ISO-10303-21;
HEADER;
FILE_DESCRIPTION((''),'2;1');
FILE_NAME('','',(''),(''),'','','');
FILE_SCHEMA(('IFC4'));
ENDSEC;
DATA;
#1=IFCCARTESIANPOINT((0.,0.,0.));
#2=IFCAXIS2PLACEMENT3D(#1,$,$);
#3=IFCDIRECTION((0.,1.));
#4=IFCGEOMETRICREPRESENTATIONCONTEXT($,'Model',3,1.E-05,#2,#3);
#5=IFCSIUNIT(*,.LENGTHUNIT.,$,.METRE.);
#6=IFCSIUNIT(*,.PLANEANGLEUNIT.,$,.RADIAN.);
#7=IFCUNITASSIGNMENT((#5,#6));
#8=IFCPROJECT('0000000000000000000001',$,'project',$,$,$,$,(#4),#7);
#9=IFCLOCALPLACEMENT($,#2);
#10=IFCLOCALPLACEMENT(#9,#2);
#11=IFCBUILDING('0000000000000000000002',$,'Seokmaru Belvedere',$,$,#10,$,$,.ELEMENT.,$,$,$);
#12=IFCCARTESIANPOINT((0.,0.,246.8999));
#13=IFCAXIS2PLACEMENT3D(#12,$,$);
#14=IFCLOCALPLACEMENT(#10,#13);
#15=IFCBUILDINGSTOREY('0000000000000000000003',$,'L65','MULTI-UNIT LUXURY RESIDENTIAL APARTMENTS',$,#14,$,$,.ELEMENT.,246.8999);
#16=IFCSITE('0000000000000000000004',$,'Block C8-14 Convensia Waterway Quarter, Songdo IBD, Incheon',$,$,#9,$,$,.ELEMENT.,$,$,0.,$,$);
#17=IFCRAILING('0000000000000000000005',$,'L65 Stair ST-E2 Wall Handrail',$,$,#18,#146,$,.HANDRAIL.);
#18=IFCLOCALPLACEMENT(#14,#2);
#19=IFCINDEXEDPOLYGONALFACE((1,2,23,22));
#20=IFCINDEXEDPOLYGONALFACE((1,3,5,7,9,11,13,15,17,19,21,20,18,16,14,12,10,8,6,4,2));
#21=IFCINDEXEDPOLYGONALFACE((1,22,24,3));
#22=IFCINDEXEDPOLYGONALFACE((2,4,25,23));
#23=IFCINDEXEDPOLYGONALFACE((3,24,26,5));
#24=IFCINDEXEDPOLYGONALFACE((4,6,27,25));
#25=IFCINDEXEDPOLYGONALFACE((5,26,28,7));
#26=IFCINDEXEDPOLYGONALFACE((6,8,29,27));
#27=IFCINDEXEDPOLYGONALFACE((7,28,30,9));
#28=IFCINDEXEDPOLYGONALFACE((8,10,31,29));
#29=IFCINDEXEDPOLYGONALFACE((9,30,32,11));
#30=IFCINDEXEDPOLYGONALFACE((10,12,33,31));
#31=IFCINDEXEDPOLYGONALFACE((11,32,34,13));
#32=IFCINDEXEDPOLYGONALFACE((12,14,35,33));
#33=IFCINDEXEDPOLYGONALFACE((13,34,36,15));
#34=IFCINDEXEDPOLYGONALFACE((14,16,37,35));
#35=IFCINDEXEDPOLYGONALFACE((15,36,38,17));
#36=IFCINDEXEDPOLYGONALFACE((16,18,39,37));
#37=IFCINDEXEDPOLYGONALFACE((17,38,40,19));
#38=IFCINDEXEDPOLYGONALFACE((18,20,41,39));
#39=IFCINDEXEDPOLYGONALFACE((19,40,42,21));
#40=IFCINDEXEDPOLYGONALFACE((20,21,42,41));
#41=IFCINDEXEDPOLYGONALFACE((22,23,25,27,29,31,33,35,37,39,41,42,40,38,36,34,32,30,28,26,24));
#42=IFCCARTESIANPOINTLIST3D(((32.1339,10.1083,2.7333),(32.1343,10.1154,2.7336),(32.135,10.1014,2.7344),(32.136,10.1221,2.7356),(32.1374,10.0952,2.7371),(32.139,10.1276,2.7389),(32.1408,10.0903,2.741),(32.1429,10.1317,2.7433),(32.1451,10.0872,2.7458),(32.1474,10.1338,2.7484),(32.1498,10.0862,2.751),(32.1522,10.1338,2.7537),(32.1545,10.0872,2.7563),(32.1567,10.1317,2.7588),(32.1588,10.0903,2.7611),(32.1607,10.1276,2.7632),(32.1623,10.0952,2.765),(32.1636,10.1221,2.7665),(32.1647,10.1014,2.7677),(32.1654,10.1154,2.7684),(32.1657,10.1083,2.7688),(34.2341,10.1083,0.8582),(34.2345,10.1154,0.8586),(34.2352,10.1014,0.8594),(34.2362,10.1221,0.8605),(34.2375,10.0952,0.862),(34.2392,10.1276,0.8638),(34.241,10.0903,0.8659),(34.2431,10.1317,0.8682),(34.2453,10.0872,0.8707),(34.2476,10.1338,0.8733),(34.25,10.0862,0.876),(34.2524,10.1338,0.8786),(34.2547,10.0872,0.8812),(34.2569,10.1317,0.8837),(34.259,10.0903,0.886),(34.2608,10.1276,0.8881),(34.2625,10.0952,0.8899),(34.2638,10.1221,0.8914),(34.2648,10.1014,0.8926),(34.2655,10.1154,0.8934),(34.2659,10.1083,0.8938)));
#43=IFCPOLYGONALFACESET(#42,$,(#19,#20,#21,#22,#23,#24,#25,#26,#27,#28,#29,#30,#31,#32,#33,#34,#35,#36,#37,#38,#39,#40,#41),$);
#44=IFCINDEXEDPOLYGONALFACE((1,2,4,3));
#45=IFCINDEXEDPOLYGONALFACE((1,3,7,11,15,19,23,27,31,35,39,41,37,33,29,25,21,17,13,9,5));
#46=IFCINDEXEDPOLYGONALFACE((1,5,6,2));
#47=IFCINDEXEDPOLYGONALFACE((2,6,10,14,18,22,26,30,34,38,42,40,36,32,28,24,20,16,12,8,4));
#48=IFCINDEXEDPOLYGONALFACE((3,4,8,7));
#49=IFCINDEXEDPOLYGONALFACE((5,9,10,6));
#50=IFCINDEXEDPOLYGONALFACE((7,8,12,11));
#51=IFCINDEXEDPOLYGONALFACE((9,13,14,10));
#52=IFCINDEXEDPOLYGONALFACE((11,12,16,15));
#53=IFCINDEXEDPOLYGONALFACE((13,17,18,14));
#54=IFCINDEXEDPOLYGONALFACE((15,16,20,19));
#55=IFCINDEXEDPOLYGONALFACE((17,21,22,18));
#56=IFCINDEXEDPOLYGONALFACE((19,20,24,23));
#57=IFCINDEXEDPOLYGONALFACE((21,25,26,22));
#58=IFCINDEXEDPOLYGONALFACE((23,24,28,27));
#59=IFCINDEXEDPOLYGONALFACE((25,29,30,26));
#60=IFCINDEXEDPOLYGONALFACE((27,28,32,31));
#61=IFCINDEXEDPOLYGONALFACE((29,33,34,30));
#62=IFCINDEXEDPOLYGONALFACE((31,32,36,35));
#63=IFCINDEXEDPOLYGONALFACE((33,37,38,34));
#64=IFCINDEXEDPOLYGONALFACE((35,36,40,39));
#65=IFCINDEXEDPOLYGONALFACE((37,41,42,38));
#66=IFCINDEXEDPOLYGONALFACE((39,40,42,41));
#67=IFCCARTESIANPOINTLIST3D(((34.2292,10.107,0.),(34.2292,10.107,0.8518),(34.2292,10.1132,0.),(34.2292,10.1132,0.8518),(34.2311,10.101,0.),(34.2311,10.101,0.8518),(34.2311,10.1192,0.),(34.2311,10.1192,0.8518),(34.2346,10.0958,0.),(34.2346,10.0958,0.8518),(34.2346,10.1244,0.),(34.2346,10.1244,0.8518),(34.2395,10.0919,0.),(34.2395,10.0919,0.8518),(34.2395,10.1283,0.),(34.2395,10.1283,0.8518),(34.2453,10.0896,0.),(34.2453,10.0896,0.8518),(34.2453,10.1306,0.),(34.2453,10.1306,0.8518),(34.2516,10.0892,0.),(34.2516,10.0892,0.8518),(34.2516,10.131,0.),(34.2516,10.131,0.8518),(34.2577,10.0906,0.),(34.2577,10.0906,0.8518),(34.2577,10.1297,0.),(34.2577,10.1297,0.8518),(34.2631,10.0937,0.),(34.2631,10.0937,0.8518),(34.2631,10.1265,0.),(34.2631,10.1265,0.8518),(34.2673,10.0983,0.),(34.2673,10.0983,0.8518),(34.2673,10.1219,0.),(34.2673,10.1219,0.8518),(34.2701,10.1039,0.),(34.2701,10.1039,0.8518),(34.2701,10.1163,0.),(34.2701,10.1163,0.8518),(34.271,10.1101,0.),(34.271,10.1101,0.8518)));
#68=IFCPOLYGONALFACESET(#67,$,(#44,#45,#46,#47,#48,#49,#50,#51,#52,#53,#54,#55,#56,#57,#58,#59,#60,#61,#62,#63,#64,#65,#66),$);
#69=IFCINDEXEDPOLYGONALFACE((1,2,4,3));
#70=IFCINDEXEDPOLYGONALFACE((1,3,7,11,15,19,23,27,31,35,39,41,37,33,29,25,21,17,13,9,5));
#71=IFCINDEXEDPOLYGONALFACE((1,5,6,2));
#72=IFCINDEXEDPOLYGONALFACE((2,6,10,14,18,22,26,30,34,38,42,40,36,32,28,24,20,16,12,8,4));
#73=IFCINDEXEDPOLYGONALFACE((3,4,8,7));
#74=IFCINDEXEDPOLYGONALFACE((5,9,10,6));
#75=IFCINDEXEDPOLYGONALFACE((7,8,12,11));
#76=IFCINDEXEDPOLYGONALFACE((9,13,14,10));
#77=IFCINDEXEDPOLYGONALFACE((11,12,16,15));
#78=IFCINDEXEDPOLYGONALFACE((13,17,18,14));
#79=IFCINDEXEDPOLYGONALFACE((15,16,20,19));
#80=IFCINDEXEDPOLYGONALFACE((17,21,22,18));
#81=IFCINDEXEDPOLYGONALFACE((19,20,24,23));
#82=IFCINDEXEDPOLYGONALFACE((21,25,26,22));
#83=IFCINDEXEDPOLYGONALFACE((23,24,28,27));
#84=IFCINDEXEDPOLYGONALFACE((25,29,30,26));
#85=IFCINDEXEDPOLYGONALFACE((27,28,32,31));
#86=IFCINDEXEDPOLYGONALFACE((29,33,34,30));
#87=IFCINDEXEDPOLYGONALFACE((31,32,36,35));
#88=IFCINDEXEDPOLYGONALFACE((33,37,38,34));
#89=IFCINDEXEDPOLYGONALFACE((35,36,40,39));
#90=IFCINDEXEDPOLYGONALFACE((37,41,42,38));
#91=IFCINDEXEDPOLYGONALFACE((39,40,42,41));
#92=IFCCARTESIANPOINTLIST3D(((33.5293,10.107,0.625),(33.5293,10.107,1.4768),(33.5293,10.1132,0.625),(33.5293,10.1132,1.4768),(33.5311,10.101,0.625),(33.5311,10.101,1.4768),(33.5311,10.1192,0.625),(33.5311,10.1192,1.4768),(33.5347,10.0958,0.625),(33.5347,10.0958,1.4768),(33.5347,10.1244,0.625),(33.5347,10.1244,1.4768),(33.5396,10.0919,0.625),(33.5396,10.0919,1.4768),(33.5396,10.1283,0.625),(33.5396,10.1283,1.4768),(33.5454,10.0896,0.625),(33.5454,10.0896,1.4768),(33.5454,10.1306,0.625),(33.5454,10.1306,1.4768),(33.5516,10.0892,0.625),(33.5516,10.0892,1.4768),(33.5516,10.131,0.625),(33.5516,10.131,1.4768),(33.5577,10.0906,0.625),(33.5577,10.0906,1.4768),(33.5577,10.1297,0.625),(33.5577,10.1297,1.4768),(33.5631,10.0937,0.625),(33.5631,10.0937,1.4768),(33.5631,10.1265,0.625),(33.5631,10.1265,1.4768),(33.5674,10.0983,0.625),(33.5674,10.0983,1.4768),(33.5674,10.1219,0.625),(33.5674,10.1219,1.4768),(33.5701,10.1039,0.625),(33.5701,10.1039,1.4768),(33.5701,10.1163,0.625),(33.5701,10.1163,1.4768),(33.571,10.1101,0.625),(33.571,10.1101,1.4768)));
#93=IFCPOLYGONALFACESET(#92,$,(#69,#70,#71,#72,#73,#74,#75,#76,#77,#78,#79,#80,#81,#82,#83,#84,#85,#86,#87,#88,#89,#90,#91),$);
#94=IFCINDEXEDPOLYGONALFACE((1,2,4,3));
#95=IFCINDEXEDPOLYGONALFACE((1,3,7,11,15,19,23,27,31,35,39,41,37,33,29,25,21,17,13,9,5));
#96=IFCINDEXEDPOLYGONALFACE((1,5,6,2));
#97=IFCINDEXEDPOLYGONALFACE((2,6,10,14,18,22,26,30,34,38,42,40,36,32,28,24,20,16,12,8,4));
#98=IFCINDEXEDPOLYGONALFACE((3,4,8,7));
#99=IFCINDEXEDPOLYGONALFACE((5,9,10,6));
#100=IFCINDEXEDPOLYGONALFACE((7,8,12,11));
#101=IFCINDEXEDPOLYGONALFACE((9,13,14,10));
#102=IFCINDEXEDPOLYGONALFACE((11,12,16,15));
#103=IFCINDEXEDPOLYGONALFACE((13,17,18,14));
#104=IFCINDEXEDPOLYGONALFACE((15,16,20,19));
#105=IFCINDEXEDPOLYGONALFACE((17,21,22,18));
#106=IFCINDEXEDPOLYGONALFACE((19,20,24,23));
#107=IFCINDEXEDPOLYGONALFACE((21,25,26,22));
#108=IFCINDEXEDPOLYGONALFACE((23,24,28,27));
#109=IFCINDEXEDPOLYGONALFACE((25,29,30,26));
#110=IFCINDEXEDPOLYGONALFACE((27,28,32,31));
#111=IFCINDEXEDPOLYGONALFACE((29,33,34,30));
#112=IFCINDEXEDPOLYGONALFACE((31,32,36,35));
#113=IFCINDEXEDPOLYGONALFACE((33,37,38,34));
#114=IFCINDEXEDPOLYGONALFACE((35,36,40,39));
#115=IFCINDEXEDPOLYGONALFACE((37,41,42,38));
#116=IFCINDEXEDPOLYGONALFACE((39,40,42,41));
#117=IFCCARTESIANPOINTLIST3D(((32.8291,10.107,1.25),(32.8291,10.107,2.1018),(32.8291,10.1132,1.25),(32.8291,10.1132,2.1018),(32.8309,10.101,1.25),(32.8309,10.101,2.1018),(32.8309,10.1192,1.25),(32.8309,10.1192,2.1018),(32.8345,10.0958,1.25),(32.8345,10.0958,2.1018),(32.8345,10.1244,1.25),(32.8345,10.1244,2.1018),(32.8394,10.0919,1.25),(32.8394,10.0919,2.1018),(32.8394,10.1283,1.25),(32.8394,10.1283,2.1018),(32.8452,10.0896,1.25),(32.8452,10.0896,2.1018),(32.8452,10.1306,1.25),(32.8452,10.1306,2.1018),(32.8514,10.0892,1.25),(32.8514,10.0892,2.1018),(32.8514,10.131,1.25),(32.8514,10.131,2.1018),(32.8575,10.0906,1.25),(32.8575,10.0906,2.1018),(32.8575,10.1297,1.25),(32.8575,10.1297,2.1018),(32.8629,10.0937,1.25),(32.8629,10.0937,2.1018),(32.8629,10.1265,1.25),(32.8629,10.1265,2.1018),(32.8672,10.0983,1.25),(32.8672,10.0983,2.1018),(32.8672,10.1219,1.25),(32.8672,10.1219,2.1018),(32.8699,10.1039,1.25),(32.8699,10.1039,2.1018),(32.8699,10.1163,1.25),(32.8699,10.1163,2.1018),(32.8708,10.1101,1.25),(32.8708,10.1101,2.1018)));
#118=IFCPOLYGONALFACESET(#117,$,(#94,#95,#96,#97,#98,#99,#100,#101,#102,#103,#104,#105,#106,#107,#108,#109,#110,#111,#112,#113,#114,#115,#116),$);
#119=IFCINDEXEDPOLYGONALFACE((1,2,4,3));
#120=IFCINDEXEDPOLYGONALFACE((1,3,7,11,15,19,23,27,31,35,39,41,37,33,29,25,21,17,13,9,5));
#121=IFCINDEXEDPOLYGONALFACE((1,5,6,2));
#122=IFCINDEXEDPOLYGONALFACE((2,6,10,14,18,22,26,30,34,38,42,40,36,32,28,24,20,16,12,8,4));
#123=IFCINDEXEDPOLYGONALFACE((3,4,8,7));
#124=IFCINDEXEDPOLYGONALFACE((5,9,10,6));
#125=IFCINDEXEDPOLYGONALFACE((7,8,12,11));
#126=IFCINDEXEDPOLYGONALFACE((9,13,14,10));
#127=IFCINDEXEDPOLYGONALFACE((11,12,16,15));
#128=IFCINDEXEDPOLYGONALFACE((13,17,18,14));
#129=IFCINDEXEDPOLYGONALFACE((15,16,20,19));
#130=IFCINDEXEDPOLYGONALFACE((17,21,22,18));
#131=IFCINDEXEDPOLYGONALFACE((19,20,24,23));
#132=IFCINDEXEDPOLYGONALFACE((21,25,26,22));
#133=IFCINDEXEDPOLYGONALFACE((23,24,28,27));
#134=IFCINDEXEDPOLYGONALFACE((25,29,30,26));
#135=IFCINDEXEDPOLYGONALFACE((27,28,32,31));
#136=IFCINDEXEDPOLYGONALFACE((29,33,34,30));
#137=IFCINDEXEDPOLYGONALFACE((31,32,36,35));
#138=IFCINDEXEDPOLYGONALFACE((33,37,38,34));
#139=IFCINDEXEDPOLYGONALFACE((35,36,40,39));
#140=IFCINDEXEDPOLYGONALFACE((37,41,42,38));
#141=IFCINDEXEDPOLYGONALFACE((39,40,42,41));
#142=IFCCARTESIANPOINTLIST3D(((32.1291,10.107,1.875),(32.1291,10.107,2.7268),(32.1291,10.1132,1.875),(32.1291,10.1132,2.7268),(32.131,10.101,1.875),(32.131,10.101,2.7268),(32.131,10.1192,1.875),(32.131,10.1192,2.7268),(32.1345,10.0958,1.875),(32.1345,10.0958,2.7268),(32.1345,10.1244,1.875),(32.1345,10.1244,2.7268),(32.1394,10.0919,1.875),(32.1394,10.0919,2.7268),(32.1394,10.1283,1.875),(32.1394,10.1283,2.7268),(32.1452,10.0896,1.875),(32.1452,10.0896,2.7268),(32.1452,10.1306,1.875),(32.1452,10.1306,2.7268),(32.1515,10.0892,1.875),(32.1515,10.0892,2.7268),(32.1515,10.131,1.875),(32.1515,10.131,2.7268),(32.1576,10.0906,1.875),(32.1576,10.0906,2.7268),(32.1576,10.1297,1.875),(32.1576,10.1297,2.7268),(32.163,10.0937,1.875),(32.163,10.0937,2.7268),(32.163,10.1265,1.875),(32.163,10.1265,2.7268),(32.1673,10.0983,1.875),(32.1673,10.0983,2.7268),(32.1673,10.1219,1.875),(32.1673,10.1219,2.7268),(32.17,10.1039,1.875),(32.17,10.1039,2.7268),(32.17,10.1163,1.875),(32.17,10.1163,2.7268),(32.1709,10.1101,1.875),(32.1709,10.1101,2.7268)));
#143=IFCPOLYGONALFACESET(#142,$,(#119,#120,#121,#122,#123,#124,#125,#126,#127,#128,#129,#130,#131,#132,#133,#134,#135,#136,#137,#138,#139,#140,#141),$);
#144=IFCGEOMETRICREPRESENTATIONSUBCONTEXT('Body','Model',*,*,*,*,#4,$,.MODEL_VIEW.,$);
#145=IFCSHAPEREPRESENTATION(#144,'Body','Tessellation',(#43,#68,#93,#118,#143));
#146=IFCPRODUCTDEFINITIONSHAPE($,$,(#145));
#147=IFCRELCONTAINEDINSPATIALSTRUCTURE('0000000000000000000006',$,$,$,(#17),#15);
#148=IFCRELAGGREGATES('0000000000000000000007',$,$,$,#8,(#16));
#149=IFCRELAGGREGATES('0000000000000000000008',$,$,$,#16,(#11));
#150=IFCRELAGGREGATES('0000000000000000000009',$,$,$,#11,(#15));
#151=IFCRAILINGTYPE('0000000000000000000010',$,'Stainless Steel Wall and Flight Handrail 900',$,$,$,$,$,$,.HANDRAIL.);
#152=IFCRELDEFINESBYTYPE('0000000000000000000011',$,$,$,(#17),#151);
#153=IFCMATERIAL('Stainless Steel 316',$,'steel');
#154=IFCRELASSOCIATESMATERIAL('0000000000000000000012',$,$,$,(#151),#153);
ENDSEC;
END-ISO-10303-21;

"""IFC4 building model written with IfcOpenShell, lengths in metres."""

from ifc_helpers import new_model, si_unit, direction, frame, origin, origin_2d, place, context, subcontext, project, spatial, circle, extrude, material, type_object, element, save


model = new_model("IFC4")

# Units and contexts
model_context = context("Model", 3, precision=1e-05, world=origin(), true_north=direction((0.0, 1.0)))
body_context = subcontext(model_context, "Body", "Model", "MODEL_VIEW")
ifc_project = project(units=[si_unit("LENGTHUNIT", "METRE"), si_unit("PLANEANGLEUNIT", "RADIAN")], contexts=[model_context])

# Site, building, storey
site_placement = place(None, origin())
site = spatial("IfcSite", under=ifc_project, at=site_placement, Name="Block C8-14 Convensia Waterway Quarter, Songdo IBD, Incheon", CompositionType="ELEMENT", RefElevation=0.0)
building_placement = place(site_placement, origin())
building = spatial("IfcBuilding", under=site, at=building_placement, Name="Seokmaru Belvedere", CompositionType="ELEMENT")
storey_placement = place(building_placement, frame((0.0, 0.0, 246.8999)))
storey = spatial("IfcBuildingStorey", under=building, at=storey_placement, Name="L65", Description="MULTI-UNIT LUXURY RESIDENTIAL APARTMENTS", CompositionType="ELEMENT", Elevation=246.8999)

# Shared definitions
ifc_material_1 = material(Name="Stainless Steel 316", Category="steel")

# Railing
railing_type_1 = type_object("IfcRailingType", Name="Stainless Steel Wall and Flight Handrail 900", PredefinedType="HANDRAIL", material=ifc_material_1)
railing_1_placement = place(storey_placement, frame((34.25, 10.1101, 0.0)))
element("IfcRailing", 1, at=railing_1_placement, inside=storey, type_object=railing_type_1, Name="L65 Stair ST-E2 Wall Handrail", PredefinedType="HANDRAIL", context=body_context, shape_type="SweptSolid", body=[
    extrude(circle(Radius=0.0239, at=origin_2d()), frame((0.0, 0.0, 0.876), z_axis=(-0.745953, 0.0, 0.665999), x_axis=(0.0, -1.0, 0.0)), (0.0, 0.0, 1.0), 2.8154),
    extrude(circle(Radius=0.021, at=origin_2d()), origin(), (0.0, 0.0, 1.0), 0.8518),
    extrude(circle(Radius=0.021, at=origin_2d()), frame((-0.7, 0.0, 0.625)), (0.0, 0.0, 1.0), 0.8518),
    extrude(circle(Radius=0.021, at=origin_2d()), frame((-1.4001, 0.0, 1.25)), (0.0, 0.0, 1.0), 0.8518),
    extrude(circle(Radius=0.021, at=origin_2d()), frame((-2.1001, 0.0, 1.875)), (0.0, 0.0, 1.0), 0.8518),
])

save(model, "model.ifc")
